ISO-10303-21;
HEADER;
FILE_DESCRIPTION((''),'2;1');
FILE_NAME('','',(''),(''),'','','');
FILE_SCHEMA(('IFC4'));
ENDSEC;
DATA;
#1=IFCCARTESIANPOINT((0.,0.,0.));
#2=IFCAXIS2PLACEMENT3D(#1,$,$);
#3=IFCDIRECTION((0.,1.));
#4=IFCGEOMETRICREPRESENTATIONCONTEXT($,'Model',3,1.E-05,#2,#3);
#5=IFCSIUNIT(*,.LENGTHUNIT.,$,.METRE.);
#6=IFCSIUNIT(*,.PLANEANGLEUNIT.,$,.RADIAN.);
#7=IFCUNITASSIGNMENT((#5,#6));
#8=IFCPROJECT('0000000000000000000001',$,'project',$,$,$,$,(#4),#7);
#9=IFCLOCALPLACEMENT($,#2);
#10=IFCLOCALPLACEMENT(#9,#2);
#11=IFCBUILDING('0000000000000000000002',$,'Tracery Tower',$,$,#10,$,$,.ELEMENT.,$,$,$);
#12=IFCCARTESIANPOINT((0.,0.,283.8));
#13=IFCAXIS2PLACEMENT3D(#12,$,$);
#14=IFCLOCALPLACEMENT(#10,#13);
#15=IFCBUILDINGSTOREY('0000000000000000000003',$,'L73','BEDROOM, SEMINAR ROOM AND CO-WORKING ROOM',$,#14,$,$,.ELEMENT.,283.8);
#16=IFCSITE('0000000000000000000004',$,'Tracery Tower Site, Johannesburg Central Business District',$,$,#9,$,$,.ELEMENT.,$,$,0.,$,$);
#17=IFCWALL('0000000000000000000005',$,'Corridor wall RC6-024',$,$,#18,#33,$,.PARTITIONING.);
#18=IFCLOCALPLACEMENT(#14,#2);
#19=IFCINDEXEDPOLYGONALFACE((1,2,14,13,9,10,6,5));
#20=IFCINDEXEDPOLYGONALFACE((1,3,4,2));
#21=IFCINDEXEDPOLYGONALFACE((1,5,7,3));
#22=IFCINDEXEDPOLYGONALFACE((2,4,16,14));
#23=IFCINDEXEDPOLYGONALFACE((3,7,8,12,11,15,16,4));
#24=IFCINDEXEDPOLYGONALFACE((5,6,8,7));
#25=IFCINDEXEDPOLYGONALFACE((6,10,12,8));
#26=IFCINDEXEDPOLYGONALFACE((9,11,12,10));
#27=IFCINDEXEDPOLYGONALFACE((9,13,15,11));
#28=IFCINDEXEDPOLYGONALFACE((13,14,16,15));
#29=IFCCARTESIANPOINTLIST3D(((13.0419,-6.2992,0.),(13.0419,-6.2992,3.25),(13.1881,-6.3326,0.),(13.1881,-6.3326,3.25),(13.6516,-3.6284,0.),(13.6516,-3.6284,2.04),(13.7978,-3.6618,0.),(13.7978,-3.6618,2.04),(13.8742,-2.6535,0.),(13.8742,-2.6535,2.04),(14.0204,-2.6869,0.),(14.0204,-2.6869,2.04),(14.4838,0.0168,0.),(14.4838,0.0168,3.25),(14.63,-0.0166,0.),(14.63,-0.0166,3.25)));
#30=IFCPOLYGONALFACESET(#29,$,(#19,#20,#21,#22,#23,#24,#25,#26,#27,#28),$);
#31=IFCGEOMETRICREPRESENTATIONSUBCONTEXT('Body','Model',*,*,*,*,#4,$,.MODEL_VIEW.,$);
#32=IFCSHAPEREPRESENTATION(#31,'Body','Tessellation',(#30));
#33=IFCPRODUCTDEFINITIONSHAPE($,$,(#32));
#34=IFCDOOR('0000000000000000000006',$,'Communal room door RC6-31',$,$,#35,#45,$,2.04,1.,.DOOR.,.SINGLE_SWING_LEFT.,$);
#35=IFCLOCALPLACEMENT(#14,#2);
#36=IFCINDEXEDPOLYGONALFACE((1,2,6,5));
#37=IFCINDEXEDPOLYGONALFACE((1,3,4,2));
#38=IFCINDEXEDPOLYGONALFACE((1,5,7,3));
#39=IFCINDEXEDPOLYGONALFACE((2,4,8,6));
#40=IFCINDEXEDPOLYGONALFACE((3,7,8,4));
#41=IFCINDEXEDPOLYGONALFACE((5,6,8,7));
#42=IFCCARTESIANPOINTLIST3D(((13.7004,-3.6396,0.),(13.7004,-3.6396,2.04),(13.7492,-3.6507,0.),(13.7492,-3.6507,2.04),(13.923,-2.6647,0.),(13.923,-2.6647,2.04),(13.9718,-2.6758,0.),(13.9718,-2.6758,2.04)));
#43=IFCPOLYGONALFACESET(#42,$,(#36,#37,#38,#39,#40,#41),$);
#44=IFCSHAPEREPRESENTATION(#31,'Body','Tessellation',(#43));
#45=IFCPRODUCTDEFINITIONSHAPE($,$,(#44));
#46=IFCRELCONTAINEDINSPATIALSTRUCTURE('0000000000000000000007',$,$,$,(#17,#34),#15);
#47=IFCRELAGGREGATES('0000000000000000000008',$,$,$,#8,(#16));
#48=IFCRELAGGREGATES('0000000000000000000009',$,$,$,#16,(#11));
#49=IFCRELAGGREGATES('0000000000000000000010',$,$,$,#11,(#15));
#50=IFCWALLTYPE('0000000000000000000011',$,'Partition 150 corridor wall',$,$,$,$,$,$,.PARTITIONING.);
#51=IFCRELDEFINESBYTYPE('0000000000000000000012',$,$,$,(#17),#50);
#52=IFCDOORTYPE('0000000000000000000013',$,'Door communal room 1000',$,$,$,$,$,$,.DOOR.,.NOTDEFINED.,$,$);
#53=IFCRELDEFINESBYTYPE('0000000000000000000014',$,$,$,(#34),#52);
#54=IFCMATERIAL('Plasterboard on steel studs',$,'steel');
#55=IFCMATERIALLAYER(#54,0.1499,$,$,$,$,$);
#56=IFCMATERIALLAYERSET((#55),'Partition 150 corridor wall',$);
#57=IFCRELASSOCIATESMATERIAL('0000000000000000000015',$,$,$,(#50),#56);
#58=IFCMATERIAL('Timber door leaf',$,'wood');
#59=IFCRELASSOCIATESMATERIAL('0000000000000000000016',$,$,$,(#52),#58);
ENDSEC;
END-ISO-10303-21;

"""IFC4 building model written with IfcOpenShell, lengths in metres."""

from ifc_helpers import new_model, si_unit, direction, frame, frame_2d, origin, place, context, subcontext, project, spatial, rectangle, extrude, material, layer, layer_set, type_object, element, fill, save


model = new_model("IFC4")

# Units and contexts
model_context = context("Model", 3, precision=1e-05, world=origin(), true_north=direction((0.0, 1.0)))
body_context = subcontext(model_context, "Body", "Model", "MODEL_VIEW")
ifc_project = project(units=[si_unit("LENGTHUNIT", "METRE"), si_unit("PLANEANGLEUNIT", "RADIAN")], contexts=[model_context])

# Site, building, storey
site_placement = place(None, origin())
site = spatial("IfcSite", under=ifc_project, at=site_placement, Name="Tracery Tower Site, Johannesburg Central Business District", CompositionType="ELEMENT", RefElevation=0.0)
building_placement = place(site_placement, origin())
building = spatial("IfcBuilding", under=site, at=building_placement, Name="Tracery Tower", CompositionType="ELEMENT")
storey_placement = place(building_placement, frame((0.0, 0.0, 283.8)))
storey = spatial("IfcBuildingStorey", under=building, at=storey_placement, Name="L73", Description="BEDROOM, SEMINAR ROOM AND CO-WORKING ROOM", CompositionType="ELEMENT", Elevation=283.8)

# Shared definitions
ifc_material_1 = material(Name="Plasterboard on steel studs", Category="steel")
ifc_layer_1 = layer(ifc_material_1, 0.1499)
ifc_layer_set_1 = layer_set([ifc_layer_1], Name="Partition 150 corridor wall")
wall_type_1 = type_object("IfcWallType", Name="Partition 150 corridor wall", PredefinedType="PARTITIONING", material=ifc_layer_set_1)

# Wall, opening, door
wall_1_placement = place(storey_placement, frame((13.115, -6.3159, 0.0), z_axis=(0.0, 0.0, 1.0), x_axis=(0.222569, 0.974917, 0.0)))
wall_1 = element("IfcWall", 1, at=wall_1_placement, inside=storey, type_object=wall_type_1, Name="Corridor wall RC6-024", PredefinedType="PARTITIONING", context=body_context, shape_type="SweptSolid", body=[
    extrude(rectangle(XDim=6.4785, YDim=0.1499, at=frame_2d((3.2393, 0.0))), origin(), (0.0, 0.0, 1.0), 3.25),
])
opening_1_placement = place(wall_1_placement, frame((2.7395, 0.0, 0.0)))
opening_1 = element("IfcOpeningElement", 2, at=opening_1_placement, cuts=wall_1, PredefinedType="OPENING", context=body_context, shape_type="SweptSolid", body=[
    extrude(rectangle(XDim=1.0, YDim=2.04, at=frame_2d((0.5, 1.02))), frame((0.0, 0.075, 0.0), z_axis=(0.0, -1.0, 0.0), x_axis=(1.0, 0.0, 0.0)), (0.0, 0.0, 1.0), 0.1499),
])
ifc_material_2 = material(Name="Timber door leaf", Category="wood")
door_type_1 = type_object("IfcDoorType", Name="Door communal room 1000", OperationType="NOTDEFINED", PredefinedType="DOOR", material=ifc_material_2)
door_1_placement = place(opening_1_placement, origin())
door_1 = element("IfcDoor", 3, at=door_1_placement, inside=storey, type_object=door_type_1, Name="Communal room door RC6-31", OperationType="SINGLE_SWING_LEFT", OverallHeight=2.04, OverallWidth=1.0, PredefinedType="DOOR", context=body_context, shape_type="SweptSolid", body=[
    extrude(rectangle(XDim=1.0, YDim=2.04, at=frame_2d((0.5, 1.02))), frame((0.0, 0.0249, 0.0), z_axis=(0.0, -1.0, 0.0), x_axis=(1.0, 0.0, 0.0)), (0.0, 0.0, 1.0), 0.05),
])
fill(opening_1, door_1)

save(model, "model.ifc")
